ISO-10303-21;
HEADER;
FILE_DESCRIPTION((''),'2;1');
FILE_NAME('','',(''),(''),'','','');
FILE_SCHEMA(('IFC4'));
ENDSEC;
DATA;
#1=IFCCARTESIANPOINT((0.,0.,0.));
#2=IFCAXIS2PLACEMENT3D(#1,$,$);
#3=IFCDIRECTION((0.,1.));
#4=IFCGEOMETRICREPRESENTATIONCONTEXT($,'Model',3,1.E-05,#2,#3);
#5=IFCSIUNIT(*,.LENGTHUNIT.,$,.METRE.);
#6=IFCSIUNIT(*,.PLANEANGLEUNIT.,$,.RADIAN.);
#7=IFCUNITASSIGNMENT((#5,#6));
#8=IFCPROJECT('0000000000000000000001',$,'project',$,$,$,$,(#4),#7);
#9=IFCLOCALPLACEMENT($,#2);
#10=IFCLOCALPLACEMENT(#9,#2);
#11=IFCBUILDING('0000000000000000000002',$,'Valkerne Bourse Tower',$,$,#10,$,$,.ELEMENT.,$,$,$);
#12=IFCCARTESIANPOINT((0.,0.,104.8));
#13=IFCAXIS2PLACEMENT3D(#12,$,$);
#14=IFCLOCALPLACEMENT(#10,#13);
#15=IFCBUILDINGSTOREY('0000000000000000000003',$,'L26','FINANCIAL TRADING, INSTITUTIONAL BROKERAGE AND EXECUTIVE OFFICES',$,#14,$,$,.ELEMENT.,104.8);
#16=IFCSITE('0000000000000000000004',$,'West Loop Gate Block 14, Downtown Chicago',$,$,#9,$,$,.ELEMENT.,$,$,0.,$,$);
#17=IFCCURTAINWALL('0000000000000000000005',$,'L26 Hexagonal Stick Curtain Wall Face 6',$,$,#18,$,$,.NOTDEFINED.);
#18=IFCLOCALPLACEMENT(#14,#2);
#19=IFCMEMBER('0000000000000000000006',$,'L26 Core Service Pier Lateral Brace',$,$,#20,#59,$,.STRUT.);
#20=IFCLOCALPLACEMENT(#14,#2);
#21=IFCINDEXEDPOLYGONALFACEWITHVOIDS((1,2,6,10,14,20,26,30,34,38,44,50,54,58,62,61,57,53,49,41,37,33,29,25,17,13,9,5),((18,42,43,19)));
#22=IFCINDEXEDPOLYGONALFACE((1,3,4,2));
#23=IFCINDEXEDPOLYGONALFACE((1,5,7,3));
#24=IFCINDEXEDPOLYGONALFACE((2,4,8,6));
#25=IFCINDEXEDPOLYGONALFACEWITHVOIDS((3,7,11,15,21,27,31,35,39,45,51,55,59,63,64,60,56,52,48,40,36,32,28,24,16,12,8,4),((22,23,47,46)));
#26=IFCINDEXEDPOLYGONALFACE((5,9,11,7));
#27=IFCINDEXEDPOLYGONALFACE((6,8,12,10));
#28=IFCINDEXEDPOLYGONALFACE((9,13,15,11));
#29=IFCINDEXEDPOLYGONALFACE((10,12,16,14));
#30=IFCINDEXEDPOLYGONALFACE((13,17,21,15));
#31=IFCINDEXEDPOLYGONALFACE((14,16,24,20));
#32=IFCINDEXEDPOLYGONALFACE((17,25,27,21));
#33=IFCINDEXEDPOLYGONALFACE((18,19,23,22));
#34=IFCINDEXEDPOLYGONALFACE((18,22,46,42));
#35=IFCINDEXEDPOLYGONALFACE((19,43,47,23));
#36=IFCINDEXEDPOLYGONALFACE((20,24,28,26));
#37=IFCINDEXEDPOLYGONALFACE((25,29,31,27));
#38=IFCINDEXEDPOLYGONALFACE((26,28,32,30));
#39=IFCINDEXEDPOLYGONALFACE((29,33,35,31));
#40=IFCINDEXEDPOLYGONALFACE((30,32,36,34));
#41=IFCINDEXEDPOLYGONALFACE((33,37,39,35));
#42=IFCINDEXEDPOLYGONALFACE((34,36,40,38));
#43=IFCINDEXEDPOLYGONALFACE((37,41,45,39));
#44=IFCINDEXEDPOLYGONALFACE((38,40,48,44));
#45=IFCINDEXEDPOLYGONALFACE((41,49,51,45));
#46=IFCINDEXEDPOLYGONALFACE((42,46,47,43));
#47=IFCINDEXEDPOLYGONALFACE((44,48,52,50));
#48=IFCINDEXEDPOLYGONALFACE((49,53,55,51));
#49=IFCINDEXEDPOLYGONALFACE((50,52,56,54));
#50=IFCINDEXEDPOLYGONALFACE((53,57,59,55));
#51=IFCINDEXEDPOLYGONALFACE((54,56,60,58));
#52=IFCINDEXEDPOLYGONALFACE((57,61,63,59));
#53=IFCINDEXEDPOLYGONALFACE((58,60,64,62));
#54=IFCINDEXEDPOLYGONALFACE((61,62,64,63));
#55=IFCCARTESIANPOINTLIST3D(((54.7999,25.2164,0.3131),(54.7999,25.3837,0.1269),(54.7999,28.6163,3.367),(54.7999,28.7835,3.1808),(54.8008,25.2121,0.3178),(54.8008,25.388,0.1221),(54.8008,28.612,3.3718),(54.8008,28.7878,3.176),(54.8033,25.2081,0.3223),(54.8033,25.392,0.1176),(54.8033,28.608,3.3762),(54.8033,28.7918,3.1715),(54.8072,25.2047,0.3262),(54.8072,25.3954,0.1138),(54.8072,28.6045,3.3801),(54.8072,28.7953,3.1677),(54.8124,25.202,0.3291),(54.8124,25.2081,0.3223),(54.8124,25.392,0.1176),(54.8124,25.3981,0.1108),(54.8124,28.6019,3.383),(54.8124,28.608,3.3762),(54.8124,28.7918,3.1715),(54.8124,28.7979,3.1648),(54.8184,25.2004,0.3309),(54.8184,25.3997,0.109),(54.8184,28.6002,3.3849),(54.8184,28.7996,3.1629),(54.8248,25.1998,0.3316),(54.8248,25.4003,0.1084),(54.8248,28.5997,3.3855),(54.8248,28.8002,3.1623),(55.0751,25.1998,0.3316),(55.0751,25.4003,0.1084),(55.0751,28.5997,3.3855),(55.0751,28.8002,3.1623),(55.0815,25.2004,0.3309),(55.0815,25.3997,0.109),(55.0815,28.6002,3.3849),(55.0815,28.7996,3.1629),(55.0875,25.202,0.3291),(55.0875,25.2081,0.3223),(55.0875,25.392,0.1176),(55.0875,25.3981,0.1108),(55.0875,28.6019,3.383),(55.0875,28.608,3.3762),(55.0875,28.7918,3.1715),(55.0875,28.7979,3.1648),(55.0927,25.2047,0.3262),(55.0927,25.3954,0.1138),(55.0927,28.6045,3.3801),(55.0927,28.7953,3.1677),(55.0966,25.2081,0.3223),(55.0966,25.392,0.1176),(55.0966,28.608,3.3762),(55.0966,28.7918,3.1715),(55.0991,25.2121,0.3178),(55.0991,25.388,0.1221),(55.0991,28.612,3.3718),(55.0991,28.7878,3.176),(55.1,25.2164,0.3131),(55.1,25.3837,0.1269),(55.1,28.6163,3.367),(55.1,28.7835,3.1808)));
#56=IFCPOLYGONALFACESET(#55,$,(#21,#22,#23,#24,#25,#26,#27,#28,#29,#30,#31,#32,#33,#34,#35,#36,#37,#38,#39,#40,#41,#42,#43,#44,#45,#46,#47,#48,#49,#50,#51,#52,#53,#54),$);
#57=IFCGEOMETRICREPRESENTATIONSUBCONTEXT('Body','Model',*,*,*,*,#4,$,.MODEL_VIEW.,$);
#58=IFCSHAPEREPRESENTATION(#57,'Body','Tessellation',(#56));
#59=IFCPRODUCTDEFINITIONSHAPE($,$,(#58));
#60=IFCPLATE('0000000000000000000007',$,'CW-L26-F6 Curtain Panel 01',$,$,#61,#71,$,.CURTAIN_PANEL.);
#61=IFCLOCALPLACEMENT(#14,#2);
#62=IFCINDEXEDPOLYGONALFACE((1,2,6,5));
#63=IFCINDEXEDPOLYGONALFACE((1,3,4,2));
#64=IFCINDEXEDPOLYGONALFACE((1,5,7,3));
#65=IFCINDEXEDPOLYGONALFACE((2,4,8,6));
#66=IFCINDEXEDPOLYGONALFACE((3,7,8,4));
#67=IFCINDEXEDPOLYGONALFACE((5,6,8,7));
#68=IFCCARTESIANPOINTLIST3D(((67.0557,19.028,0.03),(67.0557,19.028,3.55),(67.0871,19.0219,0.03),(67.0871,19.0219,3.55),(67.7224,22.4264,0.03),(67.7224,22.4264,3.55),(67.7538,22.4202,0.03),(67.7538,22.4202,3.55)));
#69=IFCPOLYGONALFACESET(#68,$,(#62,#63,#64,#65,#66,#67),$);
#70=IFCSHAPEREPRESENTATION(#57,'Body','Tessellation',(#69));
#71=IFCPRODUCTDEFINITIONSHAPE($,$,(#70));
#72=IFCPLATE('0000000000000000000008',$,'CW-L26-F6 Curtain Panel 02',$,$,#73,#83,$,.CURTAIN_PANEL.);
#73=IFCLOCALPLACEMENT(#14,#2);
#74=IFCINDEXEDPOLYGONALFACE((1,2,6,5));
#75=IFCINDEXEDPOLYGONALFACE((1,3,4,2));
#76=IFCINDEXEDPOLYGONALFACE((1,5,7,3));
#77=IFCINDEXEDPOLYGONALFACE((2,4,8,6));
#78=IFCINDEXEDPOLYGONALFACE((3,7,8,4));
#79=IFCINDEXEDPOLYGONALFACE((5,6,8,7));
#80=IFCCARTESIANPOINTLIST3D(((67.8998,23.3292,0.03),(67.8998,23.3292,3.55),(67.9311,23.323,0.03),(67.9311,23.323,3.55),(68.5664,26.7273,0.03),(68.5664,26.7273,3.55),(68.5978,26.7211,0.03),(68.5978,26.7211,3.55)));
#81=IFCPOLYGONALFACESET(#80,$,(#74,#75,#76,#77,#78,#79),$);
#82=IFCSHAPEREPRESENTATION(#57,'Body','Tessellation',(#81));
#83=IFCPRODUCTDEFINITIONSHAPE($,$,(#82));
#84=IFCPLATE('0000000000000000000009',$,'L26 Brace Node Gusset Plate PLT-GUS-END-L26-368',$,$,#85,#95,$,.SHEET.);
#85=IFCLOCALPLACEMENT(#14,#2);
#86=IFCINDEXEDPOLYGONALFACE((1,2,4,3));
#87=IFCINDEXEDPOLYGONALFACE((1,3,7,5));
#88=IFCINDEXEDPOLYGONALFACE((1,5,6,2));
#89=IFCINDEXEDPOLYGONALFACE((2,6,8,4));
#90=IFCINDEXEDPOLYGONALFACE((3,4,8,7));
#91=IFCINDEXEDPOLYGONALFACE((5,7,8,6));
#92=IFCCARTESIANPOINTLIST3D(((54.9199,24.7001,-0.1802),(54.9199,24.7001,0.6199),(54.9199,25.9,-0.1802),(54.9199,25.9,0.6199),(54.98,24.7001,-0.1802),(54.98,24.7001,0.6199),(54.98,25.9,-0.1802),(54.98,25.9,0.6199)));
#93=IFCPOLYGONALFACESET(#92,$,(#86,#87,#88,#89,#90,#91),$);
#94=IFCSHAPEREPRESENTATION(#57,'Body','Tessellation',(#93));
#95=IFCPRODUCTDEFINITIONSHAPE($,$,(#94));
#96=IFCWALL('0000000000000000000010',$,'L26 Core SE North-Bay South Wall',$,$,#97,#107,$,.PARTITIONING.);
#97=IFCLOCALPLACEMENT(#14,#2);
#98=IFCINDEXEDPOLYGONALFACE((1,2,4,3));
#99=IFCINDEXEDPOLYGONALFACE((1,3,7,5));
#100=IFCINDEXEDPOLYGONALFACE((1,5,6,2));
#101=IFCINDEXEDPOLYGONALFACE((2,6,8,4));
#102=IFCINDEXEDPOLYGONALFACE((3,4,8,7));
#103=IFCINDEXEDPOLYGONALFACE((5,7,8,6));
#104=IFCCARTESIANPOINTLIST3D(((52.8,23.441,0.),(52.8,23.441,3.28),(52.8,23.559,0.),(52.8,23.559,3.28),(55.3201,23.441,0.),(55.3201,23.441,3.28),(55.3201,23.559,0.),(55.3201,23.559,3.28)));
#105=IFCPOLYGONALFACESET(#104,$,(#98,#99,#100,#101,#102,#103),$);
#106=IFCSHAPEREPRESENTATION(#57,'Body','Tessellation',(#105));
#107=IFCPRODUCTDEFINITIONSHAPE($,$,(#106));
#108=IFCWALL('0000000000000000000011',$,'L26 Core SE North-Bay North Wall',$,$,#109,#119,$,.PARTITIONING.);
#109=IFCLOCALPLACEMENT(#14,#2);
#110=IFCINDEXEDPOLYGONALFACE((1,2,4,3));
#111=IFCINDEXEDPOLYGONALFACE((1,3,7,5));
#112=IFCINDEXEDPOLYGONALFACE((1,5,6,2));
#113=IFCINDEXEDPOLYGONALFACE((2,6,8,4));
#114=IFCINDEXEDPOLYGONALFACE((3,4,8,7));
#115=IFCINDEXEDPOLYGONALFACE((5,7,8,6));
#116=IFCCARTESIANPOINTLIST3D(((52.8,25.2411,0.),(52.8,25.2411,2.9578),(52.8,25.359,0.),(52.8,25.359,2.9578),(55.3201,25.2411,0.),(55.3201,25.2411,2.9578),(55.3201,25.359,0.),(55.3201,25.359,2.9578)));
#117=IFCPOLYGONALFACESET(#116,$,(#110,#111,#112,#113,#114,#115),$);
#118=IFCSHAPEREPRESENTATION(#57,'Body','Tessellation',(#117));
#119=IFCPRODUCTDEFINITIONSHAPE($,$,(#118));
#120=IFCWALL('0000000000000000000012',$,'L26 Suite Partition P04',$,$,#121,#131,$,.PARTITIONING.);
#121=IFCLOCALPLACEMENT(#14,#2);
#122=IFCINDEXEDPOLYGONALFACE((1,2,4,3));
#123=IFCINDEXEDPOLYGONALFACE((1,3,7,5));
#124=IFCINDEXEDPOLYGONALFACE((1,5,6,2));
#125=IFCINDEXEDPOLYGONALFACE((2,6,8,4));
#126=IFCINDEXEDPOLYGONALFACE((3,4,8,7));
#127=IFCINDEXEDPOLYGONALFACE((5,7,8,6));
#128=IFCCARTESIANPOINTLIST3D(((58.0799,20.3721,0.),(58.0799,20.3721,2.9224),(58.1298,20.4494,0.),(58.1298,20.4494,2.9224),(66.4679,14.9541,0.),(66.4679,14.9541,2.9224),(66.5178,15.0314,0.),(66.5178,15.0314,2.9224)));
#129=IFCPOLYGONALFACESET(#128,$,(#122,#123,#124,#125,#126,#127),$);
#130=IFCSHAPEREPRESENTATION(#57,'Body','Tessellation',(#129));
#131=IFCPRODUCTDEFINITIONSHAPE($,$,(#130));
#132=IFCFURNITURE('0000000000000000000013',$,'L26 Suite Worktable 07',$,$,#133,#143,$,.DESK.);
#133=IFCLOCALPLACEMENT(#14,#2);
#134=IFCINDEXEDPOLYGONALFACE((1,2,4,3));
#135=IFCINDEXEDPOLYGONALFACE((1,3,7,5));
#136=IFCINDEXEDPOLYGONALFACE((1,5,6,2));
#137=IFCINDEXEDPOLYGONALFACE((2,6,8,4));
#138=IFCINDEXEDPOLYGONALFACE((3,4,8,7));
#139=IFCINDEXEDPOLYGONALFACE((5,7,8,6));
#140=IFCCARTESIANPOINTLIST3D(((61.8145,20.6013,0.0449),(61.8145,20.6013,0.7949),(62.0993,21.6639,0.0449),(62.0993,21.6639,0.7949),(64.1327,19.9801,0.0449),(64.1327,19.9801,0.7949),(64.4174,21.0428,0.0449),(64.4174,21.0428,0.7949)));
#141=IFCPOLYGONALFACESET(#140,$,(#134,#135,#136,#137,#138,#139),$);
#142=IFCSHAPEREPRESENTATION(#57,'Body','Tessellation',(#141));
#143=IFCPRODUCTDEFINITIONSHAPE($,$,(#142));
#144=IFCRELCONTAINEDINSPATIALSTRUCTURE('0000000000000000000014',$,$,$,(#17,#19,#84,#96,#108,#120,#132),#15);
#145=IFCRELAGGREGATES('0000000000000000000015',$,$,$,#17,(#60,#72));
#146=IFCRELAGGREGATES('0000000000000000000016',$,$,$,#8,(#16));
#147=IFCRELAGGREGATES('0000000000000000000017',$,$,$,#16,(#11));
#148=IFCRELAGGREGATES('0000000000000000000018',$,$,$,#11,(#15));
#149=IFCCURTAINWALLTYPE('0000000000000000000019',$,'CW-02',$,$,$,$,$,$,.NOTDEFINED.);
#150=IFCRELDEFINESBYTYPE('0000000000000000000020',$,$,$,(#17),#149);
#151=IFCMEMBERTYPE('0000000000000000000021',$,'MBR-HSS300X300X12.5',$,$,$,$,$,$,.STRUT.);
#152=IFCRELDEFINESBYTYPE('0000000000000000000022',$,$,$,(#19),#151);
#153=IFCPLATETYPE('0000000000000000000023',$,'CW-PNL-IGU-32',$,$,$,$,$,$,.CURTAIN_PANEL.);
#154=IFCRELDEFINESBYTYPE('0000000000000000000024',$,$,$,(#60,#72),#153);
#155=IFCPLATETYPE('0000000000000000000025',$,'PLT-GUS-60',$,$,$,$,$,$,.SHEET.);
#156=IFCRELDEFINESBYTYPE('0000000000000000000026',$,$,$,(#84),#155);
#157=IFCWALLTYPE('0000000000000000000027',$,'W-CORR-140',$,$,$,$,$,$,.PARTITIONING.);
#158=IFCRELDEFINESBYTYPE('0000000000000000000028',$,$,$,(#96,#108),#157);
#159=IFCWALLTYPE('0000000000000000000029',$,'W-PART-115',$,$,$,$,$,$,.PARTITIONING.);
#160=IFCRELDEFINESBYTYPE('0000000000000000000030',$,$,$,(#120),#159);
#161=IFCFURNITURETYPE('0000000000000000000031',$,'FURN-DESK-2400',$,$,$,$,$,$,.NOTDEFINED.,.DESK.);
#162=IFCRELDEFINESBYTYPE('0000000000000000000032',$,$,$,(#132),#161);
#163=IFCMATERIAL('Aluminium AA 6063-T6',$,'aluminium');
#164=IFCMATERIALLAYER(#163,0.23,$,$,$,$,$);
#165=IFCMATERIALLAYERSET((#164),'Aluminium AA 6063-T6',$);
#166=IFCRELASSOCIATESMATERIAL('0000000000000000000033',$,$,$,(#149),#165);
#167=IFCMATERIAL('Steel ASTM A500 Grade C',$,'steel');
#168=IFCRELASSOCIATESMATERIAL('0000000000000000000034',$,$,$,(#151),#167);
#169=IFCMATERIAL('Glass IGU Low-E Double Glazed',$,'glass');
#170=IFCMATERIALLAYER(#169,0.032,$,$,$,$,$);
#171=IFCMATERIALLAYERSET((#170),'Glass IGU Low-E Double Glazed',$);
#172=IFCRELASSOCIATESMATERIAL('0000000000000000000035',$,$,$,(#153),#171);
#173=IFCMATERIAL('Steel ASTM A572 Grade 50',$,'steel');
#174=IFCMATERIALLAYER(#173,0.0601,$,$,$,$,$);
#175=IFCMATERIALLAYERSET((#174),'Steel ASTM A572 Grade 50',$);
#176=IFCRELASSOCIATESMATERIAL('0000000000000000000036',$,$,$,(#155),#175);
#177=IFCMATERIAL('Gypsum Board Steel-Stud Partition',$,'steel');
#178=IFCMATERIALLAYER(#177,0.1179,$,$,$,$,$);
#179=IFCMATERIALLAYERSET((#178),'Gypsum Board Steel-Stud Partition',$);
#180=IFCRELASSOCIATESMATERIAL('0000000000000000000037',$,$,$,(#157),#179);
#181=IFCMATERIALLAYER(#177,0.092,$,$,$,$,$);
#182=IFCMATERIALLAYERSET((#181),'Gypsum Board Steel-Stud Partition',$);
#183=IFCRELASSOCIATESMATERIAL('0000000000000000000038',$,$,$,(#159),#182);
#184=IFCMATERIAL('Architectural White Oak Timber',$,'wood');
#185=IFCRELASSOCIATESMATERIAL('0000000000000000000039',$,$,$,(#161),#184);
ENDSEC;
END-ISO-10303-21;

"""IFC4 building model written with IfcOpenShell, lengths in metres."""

from ifc_helpers import new_model, si_unit, direction, frame, frame_2d, origin, origin_2d, place, context, subcontext, project, spatial, rectangle, hollow_rectangle, extrude, material, layer, layer_set, material_profile, profile_set, type_object, element, aggregate, save


model = new_model("IFC4")

# Units and contexts
model_context = context("Model", 3, precision=1e-05, world=origin(), true_north=direction((0.0, 1.0)))
body_context = subcontext(model_context, "Body", "Model", "MODEL_VIEW")
ifc_project = project(units=[si_unit("LENGTHUNIT", "METRE"), si_unit("PLANEANGLEUNIT", "RADIAN")], contexts=[model_context])

# Site, building, storey
site_placement = place(None, origin())
site = spatial("IfcSite", under=ifc_project, at=site_placement, Name="West Loop Gate Block 14, Downtown Chicago", CompositionType="ELEMENT", RefElevation=0.0)
building_placement = place(site_placement, origin())
building = spatial("IfcBuilding", under=site, at=building_placement, Name="Valkerne Bourse Tower", CompositionType="ELEMENT")
storey_placement = place(building_placement, frame((0.0, 0.0, 104.8)))
storey = spatial("IfcBuildingStorey", under=building, at=storey_placement, Name="L26", Description="FINANCIAL TRADING, INSTITUTIONAL BROKERAGE AND EXECUTIVE OFFICES", CompositionType="ELEMENT", Elevation=104.8)

# Curtain wall
ifc_material_1 = material(Name="Aluminium AA 6063-T6", Category="aluminium")
ifc_layer_1 = layer(ifc_material_1, 0.23)
ifc_layer_set_1 = layer_set([ifc_layer_1], Name="Aluminium AA 6063-T6")
curtain_wall_type = type_object("IfcCurtainWallType", Name="CW-02", PredefinedType="NOTDEFINED", material=ifc_layer_set_1)
curtain_wall_placement = place(storey_placement, origin())
curtain_wall = element("IfcCurtainWall", 1, at=curtain_wall_placement, inside=storey, type_object=curtain_wall_type, Name="L26 Hexagonal Stick Curtain Wall Face 6", PredefinedType="NOTDEFINED")

# Member
ifc_material_2 = material(Name="Steel ASTM A500 Grade C", Category="steel")
ifc_material_profile_1 = material_profile(ifc_material_2, hollow_rectangle(XDim=0.3, YDim=0.3, WallThickness=0.0125, OuterFilletRadius=0.0249, at=origin_2d()), Name="HSS300X300X12.5")
ifc_profile_set_1 = profile_set([ifc_material_profile_1], Name="Steel ASTM A500 Grade C")
member_type_1 = type_object("IfcMemberType", Name="MBR-HSS300X300X12.5", PredefinedType="STRUT", material=ifc_profile_set_1)
member_1_placement = place(storey_placement, frame((54.95, 25.3, 0.22), z_axis=(0.0, 0.743942, 0.668244), x_axis=(-1.0, 0.0, 0.0)))
element("IfcMember", 2, at=member_1_placement, inside=storey, type_object=member_type_1, Name="L26 Core Service Pier Lateral Brace", PredefinedType="STRUT", context=body_context, shape_type="SweptSolid", body=[
    extrude(hollow_rectangle(XDim=0.3, YDim=0.3, WallThickness=0.0125, OuterFilletRadius=0.0249, at=origin_2d()), origin(), (0.0, 0.0, 1.0), 4.5701),
])

# Plates
ifc_material_3 = material(Name="Glass IGU Low-E Double Glazed", Category="glass")
ifc_layer_2 = layer(ifc_material_3, 0.032)
ifc_layer_set_2 = layer_set([ifc_layer_2], Name="Glass IGU Low-E Double Glazed")
plate_type_1 = type_object("IfcPlateType", Name="CW-PNL-IGU-32", PredefinedType="CURTAIN_PANEL", material=ifc_layer_set_2)
plate_1_placement = place(storey_placement, frame((67.4048, 20.7241, 0.03), z_axis=(0.0, 0.0, 1.0), x_axis=(0.192513, 0.981294, 0.0)))
plate_1 = element("IfcPlate", 3, at=plate_1_placement, type_object=plate_type_1, Name="CW-L26-F6 Curtain Panel 01", PredefinedType="CURTAIN_PANEL", context=body_context, shape_type="SweptSolid", body=[
    extrude(rectangle(XDim=3.4631, YDim=0.032, at=origin_2d()), origin(), (0.0, 0.0, 1.0), 3.52),
])
plate_2_placement = place(storey_placement, frame((68.2488, 25.0251, 0.03), z_axis=(0.0, 0.0, 1.0), x_axis=(0.192517, 0.981294, 0.0)))
plate_2 = element("IfcPlate", 4, at=plate_2_placement, type_object=plate_type_1, Name="CW-L26-F6 Curtain Panel 02", PredefinedType="CURTAIN_PANEL", context=body_context, shape_type="SweptSolid", body=[
    extrude(rectangle(XDim=3.4629, YDim=0.032, at=origin_2d()), origin(), (0.0, 0.0, 1.0), 3.52),
])
aggregate(curtain_wall, [plate_1, plate_2])
ifc_material_4 = material(Name="Steel ASTM A572 Grade 50", Category="steel")
ifc_layer_3 = layer(ifc_material_4, 0.0601)
ifc_layer_set_3 = layer_set([ifc_layer_3], Name="Steel ASTM A572 Grade 50")
plate_type_2 = type_object("IfcPlateType", Name="PLT-GUS-60", PredefinedType="SHEET", material=ifc_layer_set_3)
plate_3_placement = place(storey_placement, frame((54.95, 25.3, -0.1802), z_axis=(0.0, 0.0, 1.0), x_axis=(0.0, 1.0, 0.0)))
element("IfcPlate", 5, at=plate_3_placement, inside=storey, type_object=plate_type_2, Name="L26 Brace Node Gusset Plate PLT-GUS-END-L26-368", PredefinedType="SHEET", context=body_context, shape_type="SweptSolid", body=[
    extrude(rectangle(XDim=1.2, YDim=0.0601, at=origin_2d()), origin(), (0.0, 0.0, 1.0), 0.8),
])

# Walls
ifc_material_5 = material(Name="Gypsum Board Steel-Stud Partition", Category="steel")
ifc_layer_4 = layer(ifc_material_5, 0.1179)
ifc_layer_set_4 = layer_set([ifc_layer_4], Name="Gypsum Board Steel-Stud Partition")
wall_type_1 = type_object("IfcWallType", Name="W-CORR-140", PredefinedType="PARTITIONING", material=ifc_layer_set_4)
wall_1_placement = place(storey_placement, frame((52.8, 23.5, 0.0), z_axis=(0.0, 0.0, 1.0), x_axis=(1.0, 0.0, 0.0)))
element("IfcWall", 6, at=wall_1_placement, inside=storey, type_object=wall_type_1, Name="L26 Core SE North-Bay South Wall", PredefinedType="PARTITIONING", context=body_context, shape_type="SweptSolid", body=[
    extrude(rectangle(XDim=2.52, YDim=0.1179, at=frame_2d((1.26, 0.0))), origin(), (0.0, 0.0, 1.0), 3.28),
])
wall_2_placement = place(storey_placement, frame((52.8, 25.3, 0.0), z_axis=(0.0, 0.0, 1.0), x_axis=(1.0, 0.0, 0.0)))
element("IfcWall", 7, at=wall_2_placement, inside=storey, type_object=wall_type_1, Name="L26 Core SE North-Bay North Wall", PredefinedType="PARTITIONING", context=body_context, shape_type="SweptSolid", body=[
    extrude(rectangle(XDim=2.52, YDim=0.1179, at=frame_2d((1.26, 0.0))), origin(), (0.0, 0.0, 1.0), 2.9578),
])
ifc_layer_5 = layer(ifc_material_5, 0.092)
ifc_layer_set_5 = layer_set([ifc_layer_5], Name="Gypsum Board Steel-Stud Partition")
wall_type_2 = type_object("IfcWallType", Name="W-PART-115", PredefinedType="PARTITIONING", material=ifc_layer_set_5)
wall_3_placement = place(storey_placement, frame((58.105, 20.4106, 0.0), z_axis=(0.0, 0.0, 1.0), x_axis=(0.840005, -0.542579, 0.0)))
element("IfcWall", 8, at=wall_3_placement, inside=storey, type_object=wall_type_2, Name="L26 Suite Partition P04", PredefinedType="PARTITIONING", context=body_context, shape_type="SweptSolid", body=[
    extrude(rectangle(XDim=9.9856, YDim=0.092, at=frame_2d((4.9927, 0.0))), origin(), (0.0, 0.0, 1.0), 2.9224),
])

# Furniture
ifc_material_6 = material(Name="Architectural White Oak Timber", Category="wood")
furniture_type = type_object("IfcFurnitureType", Name="FURN-DESK-2400", AssemblyPlace="NOTDEFINED", PredefinedType="DESK", material=ifc_material_6)
furniture_placement = place(storey_placement, frame((63.116, 20.822, 0.0449), z_axis=(0.0, 0.0, 1.0), x_axis=(-0.965926, 0.258819, 0.0)))
element("IfcFurniture", 9, at=furniture_placement, inside=storey, type_object=furniture_type, Name="L26 Suite Worktable 07", PredefinedType="DESK", context=body_context, shape_type="SweptSolid", body=[
    extrude(rectangle(XDim=2.3999, YDim=1.1001, at=origin_2d()), origin(), (0.0, 0.0, 1.0), 0.75),
])

save(model, "model.ifc")
